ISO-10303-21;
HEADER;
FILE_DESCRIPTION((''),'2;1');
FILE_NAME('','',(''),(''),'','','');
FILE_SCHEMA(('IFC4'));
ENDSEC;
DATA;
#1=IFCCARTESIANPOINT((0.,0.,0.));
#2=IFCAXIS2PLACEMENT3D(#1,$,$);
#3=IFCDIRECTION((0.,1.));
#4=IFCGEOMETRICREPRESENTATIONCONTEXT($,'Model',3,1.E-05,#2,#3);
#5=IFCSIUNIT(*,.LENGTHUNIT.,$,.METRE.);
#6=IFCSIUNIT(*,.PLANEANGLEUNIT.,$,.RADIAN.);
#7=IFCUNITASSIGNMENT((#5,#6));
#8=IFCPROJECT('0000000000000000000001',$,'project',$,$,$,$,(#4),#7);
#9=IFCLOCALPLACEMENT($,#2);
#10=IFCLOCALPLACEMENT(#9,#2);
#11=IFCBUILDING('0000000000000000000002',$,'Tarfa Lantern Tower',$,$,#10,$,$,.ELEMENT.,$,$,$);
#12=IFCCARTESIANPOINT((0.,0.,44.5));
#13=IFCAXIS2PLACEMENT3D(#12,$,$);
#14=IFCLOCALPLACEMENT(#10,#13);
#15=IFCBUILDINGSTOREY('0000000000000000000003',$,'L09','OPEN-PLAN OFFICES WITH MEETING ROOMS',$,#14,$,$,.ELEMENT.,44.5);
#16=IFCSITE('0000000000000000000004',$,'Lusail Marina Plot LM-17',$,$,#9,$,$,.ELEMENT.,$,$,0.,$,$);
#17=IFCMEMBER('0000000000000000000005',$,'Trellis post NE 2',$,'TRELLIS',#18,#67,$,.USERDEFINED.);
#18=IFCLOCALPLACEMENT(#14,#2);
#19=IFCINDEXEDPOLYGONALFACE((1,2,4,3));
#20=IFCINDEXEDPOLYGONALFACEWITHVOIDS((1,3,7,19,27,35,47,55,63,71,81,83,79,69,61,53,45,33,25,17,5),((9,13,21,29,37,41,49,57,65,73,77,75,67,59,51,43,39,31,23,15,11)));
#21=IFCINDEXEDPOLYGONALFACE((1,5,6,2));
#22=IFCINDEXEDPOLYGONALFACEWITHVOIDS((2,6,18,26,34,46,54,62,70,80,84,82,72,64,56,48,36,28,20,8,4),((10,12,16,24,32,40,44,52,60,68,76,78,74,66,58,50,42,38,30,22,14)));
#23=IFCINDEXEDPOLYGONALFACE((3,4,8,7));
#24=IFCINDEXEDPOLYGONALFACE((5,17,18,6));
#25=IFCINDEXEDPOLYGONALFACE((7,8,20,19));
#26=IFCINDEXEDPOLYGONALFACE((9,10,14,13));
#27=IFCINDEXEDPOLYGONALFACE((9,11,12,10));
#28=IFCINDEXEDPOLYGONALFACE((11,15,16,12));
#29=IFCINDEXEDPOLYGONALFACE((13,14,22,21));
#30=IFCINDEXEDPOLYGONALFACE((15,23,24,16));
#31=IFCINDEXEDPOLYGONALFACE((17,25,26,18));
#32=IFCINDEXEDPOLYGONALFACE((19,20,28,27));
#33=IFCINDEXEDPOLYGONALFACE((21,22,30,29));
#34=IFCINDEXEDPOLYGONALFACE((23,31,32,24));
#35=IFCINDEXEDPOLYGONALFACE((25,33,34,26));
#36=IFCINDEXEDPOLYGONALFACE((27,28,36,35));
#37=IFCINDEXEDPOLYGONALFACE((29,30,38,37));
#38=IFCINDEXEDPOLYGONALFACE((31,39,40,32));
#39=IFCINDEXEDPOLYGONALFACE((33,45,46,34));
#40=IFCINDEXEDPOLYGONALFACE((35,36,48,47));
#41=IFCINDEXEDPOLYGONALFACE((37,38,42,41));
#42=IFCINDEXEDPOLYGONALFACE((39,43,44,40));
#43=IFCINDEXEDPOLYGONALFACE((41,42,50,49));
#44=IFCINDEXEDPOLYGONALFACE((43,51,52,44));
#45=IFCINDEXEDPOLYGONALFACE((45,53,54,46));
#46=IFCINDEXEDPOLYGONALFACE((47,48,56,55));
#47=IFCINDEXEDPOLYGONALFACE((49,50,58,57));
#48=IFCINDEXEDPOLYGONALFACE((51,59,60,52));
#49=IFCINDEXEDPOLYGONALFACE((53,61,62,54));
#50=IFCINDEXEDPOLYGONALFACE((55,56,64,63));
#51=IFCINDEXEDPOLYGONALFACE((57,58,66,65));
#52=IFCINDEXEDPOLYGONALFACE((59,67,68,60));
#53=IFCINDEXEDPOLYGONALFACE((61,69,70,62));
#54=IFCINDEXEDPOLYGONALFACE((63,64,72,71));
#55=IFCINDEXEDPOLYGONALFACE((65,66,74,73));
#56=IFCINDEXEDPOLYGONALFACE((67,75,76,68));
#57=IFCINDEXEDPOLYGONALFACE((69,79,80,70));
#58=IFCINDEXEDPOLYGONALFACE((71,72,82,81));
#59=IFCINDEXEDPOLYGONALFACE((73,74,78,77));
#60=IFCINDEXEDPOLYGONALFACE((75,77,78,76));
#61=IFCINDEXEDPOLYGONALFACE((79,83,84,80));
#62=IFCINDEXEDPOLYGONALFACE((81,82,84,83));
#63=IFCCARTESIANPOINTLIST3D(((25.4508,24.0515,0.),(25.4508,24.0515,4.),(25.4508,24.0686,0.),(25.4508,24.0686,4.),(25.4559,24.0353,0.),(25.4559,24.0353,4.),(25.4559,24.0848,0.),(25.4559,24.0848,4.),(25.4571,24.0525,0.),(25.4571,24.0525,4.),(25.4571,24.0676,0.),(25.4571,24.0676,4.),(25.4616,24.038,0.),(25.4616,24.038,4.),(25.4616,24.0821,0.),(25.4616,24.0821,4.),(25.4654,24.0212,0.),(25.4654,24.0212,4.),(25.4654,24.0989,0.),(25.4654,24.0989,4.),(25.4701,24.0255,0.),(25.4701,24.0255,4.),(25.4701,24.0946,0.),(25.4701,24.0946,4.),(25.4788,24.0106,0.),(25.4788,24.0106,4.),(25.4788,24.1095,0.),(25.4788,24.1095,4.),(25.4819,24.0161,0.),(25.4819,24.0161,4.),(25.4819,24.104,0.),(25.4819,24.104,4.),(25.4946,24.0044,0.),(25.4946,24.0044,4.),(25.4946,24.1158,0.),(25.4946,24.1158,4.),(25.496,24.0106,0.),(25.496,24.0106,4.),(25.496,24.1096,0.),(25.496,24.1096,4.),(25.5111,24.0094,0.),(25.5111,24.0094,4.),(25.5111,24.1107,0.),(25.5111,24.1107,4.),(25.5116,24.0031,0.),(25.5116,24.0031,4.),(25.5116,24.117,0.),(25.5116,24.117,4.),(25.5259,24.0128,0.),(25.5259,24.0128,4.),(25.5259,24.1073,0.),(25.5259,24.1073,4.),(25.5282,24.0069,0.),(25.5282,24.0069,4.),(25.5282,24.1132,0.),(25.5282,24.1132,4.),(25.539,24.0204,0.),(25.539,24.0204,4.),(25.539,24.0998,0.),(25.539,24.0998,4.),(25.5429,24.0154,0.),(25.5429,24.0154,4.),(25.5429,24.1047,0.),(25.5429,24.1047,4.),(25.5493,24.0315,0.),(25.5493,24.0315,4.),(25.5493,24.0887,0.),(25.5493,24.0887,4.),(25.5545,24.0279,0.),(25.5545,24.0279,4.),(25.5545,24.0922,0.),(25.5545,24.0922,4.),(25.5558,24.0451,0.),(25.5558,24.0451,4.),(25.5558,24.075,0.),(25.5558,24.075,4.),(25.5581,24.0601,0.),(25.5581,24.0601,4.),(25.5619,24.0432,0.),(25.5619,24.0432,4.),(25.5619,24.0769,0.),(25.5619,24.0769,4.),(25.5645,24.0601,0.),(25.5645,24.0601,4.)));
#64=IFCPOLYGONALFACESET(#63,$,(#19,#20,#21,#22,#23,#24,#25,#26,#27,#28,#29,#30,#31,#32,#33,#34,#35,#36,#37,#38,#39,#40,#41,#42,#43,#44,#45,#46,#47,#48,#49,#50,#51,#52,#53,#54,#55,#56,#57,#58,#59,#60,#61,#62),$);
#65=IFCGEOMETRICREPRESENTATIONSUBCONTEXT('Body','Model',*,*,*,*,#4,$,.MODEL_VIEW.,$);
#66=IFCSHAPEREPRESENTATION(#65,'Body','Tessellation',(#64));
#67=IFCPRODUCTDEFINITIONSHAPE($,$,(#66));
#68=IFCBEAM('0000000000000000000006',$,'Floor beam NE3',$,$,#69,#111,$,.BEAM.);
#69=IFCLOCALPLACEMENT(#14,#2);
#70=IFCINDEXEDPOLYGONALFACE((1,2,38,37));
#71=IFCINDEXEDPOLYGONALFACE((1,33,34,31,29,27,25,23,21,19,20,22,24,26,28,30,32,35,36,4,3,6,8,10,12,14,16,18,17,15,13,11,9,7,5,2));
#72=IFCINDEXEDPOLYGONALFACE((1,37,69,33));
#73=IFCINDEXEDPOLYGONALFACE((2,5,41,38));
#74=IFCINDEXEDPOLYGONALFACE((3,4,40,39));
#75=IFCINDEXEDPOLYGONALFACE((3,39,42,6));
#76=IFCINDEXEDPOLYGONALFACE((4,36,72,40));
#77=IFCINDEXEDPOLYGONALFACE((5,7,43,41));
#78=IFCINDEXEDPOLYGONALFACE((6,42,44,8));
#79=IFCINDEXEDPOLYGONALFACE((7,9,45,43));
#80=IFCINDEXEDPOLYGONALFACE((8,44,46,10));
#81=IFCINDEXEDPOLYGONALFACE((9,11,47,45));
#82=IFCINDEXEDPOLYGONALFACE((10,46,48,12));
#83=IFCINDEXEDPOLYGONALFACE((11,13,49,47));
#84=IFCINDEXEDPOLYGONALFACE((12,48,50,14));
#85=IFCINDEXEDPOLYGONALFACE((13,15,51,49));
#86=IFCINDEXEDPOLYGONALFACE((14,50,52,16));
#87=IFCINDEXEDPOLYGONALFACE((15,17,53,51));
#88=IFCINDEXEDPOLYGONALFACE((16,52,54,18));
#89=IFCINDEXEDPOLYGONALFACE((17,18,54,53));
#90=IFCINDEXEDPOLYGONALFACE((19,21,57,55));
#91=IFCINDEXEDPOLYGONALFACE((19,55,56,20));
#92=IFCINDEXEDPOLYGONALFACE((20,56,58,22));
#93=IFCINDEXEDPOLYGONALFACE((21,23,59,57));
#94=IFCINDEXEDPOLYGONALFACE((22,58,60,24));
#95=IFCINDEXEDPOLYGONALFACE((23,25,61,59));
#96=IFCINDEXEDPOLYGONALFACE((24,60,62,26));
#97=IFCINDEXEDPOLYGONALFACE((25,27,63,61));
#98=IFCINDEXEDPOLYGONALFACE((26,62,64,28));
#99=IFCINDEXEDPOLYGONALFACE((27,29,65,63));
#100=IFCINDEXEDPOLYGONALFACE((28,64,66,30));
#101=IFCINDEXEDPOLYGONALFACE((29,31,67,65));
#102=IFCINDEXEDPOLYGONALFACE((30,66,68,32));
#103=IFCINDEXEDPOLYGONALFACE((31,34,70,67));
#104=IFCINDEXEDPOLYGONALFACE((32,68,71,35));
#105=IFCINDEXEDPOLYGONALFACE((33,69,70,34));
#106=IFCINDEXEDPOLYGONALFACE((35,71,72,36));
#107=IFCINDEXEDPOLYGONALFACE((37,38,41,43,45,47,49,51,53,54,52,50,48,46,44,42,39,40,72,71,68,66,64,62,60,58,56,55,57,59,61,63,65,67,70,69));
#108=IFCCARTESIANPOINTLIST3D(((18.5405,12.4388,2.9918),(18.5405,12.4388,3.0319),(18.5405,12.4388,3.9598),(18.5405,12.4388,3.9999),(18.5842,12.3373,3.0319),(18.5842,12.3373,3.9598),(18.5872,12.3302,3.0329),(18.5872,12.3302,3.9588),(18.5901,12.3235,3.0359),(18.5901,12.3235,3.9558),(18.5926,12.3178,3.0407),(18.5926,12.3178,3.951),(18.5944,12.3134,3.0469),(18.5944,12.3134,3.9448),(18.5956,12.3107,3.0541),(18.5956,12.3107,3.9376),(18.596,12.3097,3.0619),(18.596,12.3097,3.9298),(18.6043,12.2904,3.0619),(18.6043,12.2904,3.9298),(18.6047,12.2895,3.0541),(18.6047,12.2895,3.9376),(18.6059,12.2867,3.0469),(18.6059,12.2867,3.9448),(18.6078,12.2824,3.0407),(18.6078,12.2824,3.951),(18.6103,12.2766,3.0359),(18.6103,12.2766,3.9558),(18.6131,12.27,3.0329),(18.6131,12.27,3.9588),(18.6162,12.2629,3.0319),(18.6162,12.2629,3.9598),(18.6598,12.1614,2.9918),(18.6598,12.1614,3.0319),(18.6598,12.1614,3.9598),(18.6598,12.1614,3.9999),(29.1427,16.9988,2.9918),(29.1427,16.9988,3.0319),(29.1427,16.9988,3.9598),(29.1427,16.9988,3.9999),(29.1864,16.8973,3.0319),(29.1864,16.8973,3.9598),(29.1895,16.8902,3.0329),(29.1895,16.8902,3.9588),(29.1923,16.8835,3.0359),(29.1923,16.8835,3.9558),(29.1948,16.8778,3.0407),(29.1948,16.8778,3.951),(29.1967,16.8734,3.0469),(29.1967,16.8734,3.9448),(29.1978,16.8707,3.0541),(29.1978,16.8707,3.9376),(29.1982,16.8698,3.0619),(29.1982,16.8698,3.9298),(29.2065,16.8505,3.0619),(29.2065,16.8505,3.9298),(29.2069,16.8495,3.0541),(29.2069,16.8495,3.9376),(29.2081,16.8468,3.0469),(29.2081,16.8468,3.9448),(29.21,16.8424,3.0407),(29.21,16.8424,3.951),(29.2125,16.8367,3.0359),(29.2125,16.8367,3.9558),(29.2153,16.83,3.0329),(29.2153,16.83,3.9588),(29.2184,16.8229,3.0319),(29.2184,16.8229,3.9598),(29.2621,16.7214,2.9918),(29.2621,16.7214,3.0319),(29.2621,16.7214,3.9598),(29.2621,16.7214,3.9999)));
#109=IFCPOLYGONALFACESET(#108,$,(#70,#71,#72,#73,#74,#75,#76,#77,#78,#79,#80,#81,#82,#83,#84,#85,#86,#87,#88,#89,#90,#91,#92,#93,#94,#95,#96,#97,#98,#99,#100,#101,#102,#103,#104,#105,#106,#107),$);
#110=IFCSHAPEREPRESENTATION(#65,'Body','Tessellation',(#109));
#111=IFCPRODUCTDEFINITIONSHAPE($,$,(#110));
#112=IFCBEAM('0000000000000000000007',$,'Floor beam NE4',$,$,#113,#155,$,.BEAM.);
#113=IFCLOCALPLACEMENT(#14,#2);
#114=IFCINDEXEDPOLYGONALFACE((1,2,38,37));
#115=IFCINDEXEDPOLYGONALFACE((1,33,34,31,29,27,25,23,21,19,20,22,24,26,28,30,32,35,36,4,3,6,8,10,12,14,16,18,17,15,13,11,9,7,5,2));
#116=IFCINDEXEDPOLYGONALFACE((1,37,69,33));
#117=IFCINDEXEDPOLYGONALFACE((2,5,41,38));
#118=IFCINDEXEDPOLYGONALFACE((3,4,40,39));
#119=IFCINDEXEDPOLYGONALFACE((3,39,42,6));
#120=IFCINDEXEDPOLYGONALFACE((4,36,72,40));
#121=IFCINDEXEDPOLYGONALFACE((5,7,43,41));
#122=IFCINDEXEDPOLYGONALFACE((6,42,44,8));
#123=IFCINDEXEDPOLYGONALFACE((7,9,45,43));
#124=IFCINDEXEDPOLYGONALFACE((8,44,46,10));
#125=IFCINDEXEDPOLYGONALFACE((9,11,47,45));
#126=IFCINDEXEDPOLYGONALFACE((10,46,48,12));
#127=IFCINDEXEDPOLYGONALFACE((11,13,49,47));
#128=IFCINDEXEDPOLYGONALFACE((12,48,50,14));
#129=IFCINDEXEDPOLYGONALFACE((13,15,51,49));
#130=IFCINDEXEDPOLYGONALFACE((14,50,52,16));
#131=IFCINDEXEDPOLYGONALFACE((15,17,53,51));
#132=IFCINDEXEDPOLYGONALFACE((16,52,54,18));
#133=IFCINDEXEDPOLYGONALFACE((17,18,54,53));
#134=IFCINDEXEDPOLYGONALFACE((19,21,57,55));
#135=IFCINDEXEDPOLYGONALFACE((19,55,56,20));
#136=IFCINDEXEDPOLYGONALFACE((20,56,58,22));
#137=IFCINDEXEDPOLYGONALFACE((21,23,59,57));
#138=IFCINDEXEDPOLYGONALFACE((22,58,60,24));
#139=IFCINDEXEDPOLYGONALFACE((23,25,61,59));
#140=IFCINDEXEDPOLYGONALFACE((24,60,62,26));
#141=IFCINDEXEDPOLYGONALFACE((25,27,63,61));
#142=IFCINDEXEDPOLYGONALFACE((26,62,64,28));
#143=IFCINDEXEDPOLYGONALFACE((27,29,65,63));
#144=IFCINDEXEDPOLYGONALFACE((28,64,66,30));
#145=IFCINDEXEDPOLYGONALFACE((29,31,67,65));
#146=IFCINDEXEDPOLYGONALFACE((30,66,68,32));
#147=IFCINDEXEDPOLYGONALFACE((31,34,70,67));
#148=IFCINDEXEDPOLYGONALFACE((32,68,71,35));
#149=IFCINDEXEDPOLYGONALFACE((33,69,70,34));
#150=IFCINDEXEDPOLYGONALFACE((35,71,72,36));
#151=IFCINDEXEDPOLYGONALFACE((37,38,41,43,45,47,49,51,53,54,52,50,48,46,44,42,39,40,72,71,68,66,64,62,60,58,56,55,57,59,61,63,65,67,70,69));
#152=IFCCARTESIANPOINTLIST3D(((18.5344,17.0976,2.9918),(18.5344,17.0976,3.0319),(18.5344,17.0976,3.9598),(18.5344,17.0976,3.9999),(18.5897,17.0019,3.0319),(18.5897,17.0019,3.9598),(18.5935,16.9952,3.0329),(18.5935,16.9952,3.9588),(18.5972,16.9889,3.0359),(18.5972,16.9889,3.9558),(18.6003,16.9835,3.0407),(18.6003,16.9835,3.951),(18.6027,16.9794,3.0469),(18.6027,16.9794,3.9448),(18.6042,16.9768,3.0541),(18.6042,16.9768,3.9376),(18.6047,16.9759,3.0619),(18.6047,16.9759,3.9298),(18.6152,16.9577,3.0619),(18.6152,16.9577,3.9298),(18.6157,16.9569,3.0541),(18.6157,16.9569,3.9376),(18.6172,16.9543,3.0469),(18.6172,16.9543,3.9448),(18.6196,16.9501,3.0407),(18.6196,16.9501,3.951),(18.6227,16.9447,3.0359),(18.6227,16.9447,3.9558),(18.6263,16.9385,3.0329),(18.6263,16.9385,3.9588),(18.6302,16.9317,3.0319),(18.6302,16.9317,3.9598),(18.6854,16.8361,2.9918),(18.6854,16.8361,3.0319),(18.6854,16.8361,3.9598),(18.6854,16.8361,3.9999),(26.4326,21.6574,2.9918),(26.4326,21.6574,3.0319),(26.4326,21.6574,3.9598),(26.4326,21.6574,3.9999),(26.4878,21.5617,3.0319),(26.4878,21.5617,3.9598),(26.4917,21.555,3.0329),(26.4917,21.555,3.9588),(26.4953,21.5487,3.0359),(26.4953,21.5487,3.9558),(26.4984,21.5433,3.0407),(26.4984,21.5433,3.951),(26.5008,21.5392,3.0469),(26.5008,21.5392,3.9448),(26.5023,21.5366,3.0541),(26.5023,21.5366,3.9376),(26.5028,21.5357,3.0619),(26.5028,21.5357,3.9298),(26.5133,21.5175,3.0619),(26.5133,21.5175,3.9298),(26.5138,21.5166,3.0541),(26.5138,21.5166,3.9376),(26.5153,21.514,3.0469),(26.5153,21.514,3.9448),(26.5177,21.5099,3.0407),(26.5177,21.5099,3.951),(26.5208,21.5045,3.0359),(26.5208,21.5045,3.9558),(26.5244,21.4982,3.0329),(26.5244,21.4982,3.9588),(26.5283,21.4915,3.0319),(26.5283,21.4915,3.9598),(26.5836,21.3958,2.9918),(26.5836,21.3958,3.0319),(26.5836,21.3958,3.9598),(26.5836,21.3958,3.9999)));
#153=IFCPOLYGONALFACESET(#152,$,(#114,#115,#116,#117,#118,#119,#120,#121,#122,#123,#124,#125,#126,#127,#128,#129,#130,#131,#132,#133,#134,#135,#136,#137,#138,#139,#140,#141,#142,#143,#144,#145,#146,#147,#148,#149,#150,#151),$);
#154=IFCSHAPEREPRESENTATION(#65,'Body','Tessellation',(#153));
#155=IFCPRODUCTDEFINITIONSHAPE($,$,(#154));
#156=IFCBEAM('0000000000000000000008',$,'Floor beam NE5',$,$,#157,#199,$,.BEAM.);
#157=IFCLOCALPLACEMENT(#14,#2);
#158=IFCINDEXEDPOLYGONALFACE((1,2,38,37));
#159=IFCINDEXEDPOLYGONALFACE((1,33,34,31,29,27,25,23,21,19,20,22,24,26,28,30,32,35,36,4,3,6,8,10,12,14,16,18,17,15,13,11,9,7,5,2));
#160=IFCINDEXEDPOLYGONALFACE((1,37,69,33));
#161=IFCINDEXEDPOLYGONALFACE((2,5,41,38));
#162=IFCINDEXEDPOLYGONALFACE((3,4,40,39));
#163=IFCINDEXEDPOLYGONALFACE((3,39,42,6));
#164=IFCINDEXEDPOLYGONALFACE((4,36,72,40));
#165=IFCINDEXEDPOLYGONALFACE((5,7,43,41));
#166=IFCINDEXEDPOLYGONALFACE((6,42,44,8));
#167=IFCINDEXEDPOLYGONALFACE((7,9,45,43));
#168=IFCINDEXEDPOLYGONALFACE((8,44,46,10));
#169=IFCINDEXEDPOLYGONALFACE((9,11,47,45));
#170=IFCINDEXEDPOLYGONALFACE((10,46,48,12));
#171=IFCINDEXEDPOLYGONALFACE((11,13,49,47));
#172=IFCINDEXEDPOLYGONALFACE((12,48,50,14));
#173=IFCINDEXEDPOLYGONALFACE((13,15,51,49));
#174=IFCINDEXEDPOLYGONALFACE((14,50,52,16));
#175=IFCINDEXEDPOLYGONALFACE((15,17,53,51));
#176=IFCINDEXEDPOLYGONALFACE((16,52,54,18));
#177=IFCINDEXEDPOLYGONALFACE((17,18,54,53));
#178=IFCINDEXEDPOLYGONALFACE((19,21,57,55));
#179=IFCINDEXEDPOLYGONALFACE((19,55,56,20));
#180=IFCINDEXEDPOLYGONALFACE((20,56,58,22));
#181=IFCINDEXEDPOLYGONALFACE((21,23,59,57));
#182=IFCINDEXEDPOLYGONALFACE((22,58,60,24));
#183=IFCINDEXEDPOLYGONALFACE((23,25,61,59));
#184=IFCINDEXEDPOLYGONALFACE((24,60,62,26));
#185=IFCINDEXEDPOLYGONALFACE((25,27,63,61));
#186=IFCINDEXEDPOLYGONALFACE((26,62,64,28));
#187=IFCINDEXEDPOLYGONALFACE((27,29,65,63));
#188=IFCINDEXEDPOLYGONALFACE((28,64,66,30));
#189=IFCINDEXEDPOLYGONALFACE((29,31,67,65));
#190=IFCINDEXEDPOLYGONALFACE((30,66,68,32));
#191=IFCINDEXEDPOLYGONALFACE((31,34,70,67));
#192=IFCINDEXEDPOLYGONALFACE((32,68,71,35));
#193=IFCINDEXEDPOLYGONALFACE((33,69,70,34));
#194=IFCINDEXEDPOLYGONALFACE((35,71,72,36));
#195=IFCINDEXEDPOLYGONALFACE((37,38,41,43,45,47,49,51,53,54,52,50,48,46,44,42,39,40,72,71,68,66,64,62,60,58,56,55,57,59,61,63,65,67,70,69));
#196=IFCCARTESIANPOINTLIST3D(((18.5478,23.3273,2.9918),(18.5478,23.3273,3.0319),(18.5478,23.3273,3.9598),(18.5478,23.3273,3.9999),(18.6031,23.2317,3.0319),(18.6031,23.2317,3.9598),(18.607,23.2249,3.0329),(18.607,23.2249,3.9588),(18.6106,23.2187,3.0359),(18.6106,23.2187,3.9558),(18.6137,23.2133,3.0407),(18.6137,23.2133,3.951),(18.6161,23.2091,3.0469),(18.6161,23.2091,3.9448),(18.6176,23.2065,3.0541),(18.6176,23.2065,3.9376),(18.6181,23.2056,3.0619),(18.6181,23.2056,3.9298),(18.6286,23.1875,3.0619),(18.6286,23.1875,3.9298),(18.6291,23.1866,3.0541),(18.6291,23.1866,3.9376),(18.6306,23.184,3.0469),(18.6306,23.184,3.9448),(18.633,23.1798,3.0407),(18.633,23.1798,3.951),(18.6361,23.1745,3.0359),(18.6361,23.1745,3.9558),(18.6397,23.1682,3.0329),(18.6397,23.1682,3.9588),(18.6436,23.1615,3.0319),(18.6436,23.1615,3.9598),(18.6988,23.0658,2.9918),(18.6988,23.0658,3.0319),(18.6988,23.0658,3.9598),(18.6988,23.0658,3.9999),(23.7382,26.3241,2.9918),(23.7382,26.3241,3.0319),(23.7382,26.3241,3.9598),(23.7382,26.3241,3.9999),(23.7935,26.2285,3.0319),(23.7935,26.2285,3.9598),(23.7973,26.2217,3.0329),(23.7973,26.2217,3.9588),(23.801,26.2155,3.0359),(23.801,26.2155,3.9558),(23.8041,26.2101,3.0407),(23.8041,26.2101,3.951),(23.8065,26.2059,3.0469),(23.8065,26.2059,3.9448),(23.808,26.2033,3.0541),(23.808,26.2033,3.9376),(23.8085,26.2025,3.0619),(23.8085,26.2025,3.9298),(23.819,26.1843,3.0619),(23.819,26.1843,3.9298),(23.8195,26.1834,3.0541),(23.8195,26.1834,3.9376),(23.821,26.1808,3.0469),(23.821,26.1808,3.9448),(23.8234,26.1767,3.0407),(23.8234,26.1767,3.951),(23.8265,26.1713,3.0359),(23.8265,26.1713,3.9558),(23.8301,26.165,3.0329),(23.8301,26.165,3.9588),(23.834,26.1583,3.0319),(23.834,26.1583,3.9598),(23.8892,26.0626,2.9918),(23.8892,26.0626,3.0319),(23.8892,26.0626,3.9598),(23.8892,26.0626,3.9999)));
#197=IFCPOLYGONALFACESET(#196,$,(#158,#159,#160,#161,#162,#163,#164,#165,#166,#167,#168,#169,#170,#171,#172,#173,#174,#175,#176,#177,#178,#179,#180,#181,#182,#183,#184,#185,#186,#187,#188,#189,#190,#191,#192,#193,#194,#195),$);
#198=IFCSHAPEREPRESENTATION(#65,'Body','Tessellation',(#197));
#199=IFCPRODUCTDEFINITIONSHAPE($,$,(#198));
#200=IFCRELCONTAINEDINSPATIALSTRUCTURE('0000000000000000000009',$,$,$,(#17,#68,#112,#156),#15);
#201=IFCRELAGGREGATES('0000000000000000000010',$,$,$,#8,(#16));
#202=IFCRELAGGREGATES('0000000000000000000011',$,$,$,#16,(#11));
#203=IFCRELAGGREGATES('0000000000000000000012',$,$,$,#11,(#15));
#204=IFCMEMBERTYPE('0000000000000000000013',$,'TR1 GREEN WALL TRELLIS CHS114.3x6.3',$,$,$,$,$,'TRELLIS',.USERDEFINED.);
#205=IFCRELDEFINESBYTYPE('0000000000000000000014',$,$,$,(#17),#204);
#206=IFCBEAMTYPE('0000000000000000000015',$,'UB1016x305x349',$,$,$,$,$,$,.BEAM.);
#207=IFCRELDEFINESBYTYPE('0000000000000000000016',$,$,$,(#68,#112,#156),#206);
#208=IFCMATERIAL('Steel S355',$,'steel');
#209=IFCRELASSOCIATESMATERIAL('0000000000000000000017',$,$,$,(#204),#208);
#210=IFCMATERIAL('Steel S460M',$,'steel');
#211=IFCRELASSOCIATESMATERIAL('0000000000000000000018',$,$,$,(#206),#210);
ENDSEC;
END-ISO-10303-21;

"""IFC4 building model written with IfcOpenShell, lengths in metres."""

from ifc_helpers import new_model, si_unit, direction, frame, origin, origin_2d, place, context, subcontext, project, spatial, hollow_circle, i_section, extrude, material, material_profile, profile_set, type_object, element, save


model = new_model("IFC4")

# Units and contexts
model_context = context("Model", 3, precision=1e-05, world=origin(), true_north=direction((0.0, 1.0)))
body_context = subcontext(model_context, "Body", "Model", "MODEL_VIEW")
ifc_project = project(units=[si_unit("LENGTHUNIT", "METRE"), si_unit("PLANEANGLEUNIT", "RADIAN")], contexts=[model_context])

# Site, building, storey
site_placement = place(None, origin())
site = spatial("IfcSite", under=ifc_project, at=site_placement, Name="Lusail Marina Plot LM-17", CompositionType="ELEMENT", RefElevation=0.0)
building_placement = place(site_placement, origin())
building = spatial("IfcBuilding", under=site, at=building_placement, Name="Tarfa Lantern Tower", CompositionType="ELEMENT")
storey_placement = place(building_placement, frame((0.0, 0.0, 44.5)))
storey = spatial("IfcBuildingStorey", under=building, at=storey_placement, Name="L09", Description="OPEN-PLAN OFFICES WITH MEETING ROOMS", CompositionType="ELEMENT", Elevation=44.5)

# Member
ifc_material_1 = material(Name="Steel S355", Category="steel")
ifc_material_profile_1 = material_profile(ifc_material_1, hollow_circle(Radius=0.0571, WallThickness=0.0063, at=origin_2d()), Name="CHS114.3x6.3")
ifc_profile_set_1 = profile_set([ifc_material_profile_1], Name="Steel S355")
member_type_1 = type_object("IfcMemberType", Name="TR1 GREEN WALL TRELLIS CHS114.3x6.3", ElementType="TRELLIS", PredefinedType="USERDEFINED", material=ifc_profile_set_1)
member_1_placement = place(storey_placement, frame((25.5073, 24.0601, 0.0), z_axis=(0.0, 0.0, 1.0), x_axis=(1.0, 0.0, 0.0)))
element("IfcMember", 1, at=member_1_placement, inside=storey, type_object=member_type_1, Name="Trellis post NE 2", ObjectType="TRELLIS", PredefinedType="USERDEFINED", context=body_context, shape_type="SweptSolid", body=[
    extrude(hollow_circle(Radius=0.0571, WallThickness=0.0063, at=origin_2d()), origin(), (0.0, 0.0, 1.0), 4.0),
])

# Beams
ifc_material_2 = material(Name="Steel S460M", Category="steel")
ifc_material_profile_2 = material_profile(ifc_material_2, i_section(OverallWidth=0.302, OverallDepth=1.0081, WebThickness=0.021, FlangeThickness=0.04, FilletRadius=0.03, at=origin_2d()), Name="UB1016x305x349")
ifc_profile_set_2 = profile_set([ifc_material_profile_2], Name="Steel S460M")
beam_type_1 = type_object("IfcBeamType", Name="UB1016x305x349", PredefinedType="BEAM", material=ifc_profile_set_2)
beam_1_placement = place(storey_placement, frame((29.2024, 16.8601, 3.4958), z_axis=(-0.918635, -0.395106, 0.0), x_axis=(0.395106, -0.918635, 0.0)))
element("IfcBeam", 2, at=beam_1_placement, inside=storey, type_object=beam_type_1, Name="Floor beam NE3", PredefinedType="BEAM", context=body_context, shape_type="SweptSolid", body=[
    extrude(i_section(OverallWidth=0.302, OverallDepth=1.0081, WebThickness=0.021, FlangeThickness=0.04, FilletRadius=0.03, at=origin_2d()), origin(), (0.0, 0.0, 1.0), 11.5413),
])
beam_2_placement = place(storey_placement, frame((26.5081, 21.5266, 3.4958), z_axis=(-0.866035, -0.499983, 0.0), x_axis=(0.499983, -0.866035, 0.0)))
element("IfcBeam", 3, at=beam_2_placement, inside=storey, type_object=beam_type_1, Name="Floor beam NE4", PredefinedType="BEAM", context=body_context, shape_type="SweptSolid", body=[
    extrude(i_section(OverallWidth=0.302, OverallDepth=1.0081, WebThickness=0.021, FlangeThickness=0.04, FilletRadius=0.03, at=origin_2d()), origin(), (0.0, 0.0, 1.0), 9.1199),
])
beam_3_placement = place(storey_placement, frame((23.8137, 26.1934, 3.4958), z_axis=(-0.866016, -0.500016, 0.0), x_axis=(0.500016, -0.866016, 0.0)))
element("IfcBeam", 4, at=beam_3_placement, inside=storey, type_object=beam_type_1, Name="Floor beam NE5", PredefinedType="BEAM", context=body_context, shape_type="SweptSolid", body=[
    extrude(i_section(OverallWidth=0.302, OverallDepth=1.0081, WebThickness=0.021, FlangeThickness=0.04, FilletRadius=0.03, at=origin_2d()), origin(), (0.0, 0.0, 1.0), 5.9934),
])

save(model, "model.ifc")
